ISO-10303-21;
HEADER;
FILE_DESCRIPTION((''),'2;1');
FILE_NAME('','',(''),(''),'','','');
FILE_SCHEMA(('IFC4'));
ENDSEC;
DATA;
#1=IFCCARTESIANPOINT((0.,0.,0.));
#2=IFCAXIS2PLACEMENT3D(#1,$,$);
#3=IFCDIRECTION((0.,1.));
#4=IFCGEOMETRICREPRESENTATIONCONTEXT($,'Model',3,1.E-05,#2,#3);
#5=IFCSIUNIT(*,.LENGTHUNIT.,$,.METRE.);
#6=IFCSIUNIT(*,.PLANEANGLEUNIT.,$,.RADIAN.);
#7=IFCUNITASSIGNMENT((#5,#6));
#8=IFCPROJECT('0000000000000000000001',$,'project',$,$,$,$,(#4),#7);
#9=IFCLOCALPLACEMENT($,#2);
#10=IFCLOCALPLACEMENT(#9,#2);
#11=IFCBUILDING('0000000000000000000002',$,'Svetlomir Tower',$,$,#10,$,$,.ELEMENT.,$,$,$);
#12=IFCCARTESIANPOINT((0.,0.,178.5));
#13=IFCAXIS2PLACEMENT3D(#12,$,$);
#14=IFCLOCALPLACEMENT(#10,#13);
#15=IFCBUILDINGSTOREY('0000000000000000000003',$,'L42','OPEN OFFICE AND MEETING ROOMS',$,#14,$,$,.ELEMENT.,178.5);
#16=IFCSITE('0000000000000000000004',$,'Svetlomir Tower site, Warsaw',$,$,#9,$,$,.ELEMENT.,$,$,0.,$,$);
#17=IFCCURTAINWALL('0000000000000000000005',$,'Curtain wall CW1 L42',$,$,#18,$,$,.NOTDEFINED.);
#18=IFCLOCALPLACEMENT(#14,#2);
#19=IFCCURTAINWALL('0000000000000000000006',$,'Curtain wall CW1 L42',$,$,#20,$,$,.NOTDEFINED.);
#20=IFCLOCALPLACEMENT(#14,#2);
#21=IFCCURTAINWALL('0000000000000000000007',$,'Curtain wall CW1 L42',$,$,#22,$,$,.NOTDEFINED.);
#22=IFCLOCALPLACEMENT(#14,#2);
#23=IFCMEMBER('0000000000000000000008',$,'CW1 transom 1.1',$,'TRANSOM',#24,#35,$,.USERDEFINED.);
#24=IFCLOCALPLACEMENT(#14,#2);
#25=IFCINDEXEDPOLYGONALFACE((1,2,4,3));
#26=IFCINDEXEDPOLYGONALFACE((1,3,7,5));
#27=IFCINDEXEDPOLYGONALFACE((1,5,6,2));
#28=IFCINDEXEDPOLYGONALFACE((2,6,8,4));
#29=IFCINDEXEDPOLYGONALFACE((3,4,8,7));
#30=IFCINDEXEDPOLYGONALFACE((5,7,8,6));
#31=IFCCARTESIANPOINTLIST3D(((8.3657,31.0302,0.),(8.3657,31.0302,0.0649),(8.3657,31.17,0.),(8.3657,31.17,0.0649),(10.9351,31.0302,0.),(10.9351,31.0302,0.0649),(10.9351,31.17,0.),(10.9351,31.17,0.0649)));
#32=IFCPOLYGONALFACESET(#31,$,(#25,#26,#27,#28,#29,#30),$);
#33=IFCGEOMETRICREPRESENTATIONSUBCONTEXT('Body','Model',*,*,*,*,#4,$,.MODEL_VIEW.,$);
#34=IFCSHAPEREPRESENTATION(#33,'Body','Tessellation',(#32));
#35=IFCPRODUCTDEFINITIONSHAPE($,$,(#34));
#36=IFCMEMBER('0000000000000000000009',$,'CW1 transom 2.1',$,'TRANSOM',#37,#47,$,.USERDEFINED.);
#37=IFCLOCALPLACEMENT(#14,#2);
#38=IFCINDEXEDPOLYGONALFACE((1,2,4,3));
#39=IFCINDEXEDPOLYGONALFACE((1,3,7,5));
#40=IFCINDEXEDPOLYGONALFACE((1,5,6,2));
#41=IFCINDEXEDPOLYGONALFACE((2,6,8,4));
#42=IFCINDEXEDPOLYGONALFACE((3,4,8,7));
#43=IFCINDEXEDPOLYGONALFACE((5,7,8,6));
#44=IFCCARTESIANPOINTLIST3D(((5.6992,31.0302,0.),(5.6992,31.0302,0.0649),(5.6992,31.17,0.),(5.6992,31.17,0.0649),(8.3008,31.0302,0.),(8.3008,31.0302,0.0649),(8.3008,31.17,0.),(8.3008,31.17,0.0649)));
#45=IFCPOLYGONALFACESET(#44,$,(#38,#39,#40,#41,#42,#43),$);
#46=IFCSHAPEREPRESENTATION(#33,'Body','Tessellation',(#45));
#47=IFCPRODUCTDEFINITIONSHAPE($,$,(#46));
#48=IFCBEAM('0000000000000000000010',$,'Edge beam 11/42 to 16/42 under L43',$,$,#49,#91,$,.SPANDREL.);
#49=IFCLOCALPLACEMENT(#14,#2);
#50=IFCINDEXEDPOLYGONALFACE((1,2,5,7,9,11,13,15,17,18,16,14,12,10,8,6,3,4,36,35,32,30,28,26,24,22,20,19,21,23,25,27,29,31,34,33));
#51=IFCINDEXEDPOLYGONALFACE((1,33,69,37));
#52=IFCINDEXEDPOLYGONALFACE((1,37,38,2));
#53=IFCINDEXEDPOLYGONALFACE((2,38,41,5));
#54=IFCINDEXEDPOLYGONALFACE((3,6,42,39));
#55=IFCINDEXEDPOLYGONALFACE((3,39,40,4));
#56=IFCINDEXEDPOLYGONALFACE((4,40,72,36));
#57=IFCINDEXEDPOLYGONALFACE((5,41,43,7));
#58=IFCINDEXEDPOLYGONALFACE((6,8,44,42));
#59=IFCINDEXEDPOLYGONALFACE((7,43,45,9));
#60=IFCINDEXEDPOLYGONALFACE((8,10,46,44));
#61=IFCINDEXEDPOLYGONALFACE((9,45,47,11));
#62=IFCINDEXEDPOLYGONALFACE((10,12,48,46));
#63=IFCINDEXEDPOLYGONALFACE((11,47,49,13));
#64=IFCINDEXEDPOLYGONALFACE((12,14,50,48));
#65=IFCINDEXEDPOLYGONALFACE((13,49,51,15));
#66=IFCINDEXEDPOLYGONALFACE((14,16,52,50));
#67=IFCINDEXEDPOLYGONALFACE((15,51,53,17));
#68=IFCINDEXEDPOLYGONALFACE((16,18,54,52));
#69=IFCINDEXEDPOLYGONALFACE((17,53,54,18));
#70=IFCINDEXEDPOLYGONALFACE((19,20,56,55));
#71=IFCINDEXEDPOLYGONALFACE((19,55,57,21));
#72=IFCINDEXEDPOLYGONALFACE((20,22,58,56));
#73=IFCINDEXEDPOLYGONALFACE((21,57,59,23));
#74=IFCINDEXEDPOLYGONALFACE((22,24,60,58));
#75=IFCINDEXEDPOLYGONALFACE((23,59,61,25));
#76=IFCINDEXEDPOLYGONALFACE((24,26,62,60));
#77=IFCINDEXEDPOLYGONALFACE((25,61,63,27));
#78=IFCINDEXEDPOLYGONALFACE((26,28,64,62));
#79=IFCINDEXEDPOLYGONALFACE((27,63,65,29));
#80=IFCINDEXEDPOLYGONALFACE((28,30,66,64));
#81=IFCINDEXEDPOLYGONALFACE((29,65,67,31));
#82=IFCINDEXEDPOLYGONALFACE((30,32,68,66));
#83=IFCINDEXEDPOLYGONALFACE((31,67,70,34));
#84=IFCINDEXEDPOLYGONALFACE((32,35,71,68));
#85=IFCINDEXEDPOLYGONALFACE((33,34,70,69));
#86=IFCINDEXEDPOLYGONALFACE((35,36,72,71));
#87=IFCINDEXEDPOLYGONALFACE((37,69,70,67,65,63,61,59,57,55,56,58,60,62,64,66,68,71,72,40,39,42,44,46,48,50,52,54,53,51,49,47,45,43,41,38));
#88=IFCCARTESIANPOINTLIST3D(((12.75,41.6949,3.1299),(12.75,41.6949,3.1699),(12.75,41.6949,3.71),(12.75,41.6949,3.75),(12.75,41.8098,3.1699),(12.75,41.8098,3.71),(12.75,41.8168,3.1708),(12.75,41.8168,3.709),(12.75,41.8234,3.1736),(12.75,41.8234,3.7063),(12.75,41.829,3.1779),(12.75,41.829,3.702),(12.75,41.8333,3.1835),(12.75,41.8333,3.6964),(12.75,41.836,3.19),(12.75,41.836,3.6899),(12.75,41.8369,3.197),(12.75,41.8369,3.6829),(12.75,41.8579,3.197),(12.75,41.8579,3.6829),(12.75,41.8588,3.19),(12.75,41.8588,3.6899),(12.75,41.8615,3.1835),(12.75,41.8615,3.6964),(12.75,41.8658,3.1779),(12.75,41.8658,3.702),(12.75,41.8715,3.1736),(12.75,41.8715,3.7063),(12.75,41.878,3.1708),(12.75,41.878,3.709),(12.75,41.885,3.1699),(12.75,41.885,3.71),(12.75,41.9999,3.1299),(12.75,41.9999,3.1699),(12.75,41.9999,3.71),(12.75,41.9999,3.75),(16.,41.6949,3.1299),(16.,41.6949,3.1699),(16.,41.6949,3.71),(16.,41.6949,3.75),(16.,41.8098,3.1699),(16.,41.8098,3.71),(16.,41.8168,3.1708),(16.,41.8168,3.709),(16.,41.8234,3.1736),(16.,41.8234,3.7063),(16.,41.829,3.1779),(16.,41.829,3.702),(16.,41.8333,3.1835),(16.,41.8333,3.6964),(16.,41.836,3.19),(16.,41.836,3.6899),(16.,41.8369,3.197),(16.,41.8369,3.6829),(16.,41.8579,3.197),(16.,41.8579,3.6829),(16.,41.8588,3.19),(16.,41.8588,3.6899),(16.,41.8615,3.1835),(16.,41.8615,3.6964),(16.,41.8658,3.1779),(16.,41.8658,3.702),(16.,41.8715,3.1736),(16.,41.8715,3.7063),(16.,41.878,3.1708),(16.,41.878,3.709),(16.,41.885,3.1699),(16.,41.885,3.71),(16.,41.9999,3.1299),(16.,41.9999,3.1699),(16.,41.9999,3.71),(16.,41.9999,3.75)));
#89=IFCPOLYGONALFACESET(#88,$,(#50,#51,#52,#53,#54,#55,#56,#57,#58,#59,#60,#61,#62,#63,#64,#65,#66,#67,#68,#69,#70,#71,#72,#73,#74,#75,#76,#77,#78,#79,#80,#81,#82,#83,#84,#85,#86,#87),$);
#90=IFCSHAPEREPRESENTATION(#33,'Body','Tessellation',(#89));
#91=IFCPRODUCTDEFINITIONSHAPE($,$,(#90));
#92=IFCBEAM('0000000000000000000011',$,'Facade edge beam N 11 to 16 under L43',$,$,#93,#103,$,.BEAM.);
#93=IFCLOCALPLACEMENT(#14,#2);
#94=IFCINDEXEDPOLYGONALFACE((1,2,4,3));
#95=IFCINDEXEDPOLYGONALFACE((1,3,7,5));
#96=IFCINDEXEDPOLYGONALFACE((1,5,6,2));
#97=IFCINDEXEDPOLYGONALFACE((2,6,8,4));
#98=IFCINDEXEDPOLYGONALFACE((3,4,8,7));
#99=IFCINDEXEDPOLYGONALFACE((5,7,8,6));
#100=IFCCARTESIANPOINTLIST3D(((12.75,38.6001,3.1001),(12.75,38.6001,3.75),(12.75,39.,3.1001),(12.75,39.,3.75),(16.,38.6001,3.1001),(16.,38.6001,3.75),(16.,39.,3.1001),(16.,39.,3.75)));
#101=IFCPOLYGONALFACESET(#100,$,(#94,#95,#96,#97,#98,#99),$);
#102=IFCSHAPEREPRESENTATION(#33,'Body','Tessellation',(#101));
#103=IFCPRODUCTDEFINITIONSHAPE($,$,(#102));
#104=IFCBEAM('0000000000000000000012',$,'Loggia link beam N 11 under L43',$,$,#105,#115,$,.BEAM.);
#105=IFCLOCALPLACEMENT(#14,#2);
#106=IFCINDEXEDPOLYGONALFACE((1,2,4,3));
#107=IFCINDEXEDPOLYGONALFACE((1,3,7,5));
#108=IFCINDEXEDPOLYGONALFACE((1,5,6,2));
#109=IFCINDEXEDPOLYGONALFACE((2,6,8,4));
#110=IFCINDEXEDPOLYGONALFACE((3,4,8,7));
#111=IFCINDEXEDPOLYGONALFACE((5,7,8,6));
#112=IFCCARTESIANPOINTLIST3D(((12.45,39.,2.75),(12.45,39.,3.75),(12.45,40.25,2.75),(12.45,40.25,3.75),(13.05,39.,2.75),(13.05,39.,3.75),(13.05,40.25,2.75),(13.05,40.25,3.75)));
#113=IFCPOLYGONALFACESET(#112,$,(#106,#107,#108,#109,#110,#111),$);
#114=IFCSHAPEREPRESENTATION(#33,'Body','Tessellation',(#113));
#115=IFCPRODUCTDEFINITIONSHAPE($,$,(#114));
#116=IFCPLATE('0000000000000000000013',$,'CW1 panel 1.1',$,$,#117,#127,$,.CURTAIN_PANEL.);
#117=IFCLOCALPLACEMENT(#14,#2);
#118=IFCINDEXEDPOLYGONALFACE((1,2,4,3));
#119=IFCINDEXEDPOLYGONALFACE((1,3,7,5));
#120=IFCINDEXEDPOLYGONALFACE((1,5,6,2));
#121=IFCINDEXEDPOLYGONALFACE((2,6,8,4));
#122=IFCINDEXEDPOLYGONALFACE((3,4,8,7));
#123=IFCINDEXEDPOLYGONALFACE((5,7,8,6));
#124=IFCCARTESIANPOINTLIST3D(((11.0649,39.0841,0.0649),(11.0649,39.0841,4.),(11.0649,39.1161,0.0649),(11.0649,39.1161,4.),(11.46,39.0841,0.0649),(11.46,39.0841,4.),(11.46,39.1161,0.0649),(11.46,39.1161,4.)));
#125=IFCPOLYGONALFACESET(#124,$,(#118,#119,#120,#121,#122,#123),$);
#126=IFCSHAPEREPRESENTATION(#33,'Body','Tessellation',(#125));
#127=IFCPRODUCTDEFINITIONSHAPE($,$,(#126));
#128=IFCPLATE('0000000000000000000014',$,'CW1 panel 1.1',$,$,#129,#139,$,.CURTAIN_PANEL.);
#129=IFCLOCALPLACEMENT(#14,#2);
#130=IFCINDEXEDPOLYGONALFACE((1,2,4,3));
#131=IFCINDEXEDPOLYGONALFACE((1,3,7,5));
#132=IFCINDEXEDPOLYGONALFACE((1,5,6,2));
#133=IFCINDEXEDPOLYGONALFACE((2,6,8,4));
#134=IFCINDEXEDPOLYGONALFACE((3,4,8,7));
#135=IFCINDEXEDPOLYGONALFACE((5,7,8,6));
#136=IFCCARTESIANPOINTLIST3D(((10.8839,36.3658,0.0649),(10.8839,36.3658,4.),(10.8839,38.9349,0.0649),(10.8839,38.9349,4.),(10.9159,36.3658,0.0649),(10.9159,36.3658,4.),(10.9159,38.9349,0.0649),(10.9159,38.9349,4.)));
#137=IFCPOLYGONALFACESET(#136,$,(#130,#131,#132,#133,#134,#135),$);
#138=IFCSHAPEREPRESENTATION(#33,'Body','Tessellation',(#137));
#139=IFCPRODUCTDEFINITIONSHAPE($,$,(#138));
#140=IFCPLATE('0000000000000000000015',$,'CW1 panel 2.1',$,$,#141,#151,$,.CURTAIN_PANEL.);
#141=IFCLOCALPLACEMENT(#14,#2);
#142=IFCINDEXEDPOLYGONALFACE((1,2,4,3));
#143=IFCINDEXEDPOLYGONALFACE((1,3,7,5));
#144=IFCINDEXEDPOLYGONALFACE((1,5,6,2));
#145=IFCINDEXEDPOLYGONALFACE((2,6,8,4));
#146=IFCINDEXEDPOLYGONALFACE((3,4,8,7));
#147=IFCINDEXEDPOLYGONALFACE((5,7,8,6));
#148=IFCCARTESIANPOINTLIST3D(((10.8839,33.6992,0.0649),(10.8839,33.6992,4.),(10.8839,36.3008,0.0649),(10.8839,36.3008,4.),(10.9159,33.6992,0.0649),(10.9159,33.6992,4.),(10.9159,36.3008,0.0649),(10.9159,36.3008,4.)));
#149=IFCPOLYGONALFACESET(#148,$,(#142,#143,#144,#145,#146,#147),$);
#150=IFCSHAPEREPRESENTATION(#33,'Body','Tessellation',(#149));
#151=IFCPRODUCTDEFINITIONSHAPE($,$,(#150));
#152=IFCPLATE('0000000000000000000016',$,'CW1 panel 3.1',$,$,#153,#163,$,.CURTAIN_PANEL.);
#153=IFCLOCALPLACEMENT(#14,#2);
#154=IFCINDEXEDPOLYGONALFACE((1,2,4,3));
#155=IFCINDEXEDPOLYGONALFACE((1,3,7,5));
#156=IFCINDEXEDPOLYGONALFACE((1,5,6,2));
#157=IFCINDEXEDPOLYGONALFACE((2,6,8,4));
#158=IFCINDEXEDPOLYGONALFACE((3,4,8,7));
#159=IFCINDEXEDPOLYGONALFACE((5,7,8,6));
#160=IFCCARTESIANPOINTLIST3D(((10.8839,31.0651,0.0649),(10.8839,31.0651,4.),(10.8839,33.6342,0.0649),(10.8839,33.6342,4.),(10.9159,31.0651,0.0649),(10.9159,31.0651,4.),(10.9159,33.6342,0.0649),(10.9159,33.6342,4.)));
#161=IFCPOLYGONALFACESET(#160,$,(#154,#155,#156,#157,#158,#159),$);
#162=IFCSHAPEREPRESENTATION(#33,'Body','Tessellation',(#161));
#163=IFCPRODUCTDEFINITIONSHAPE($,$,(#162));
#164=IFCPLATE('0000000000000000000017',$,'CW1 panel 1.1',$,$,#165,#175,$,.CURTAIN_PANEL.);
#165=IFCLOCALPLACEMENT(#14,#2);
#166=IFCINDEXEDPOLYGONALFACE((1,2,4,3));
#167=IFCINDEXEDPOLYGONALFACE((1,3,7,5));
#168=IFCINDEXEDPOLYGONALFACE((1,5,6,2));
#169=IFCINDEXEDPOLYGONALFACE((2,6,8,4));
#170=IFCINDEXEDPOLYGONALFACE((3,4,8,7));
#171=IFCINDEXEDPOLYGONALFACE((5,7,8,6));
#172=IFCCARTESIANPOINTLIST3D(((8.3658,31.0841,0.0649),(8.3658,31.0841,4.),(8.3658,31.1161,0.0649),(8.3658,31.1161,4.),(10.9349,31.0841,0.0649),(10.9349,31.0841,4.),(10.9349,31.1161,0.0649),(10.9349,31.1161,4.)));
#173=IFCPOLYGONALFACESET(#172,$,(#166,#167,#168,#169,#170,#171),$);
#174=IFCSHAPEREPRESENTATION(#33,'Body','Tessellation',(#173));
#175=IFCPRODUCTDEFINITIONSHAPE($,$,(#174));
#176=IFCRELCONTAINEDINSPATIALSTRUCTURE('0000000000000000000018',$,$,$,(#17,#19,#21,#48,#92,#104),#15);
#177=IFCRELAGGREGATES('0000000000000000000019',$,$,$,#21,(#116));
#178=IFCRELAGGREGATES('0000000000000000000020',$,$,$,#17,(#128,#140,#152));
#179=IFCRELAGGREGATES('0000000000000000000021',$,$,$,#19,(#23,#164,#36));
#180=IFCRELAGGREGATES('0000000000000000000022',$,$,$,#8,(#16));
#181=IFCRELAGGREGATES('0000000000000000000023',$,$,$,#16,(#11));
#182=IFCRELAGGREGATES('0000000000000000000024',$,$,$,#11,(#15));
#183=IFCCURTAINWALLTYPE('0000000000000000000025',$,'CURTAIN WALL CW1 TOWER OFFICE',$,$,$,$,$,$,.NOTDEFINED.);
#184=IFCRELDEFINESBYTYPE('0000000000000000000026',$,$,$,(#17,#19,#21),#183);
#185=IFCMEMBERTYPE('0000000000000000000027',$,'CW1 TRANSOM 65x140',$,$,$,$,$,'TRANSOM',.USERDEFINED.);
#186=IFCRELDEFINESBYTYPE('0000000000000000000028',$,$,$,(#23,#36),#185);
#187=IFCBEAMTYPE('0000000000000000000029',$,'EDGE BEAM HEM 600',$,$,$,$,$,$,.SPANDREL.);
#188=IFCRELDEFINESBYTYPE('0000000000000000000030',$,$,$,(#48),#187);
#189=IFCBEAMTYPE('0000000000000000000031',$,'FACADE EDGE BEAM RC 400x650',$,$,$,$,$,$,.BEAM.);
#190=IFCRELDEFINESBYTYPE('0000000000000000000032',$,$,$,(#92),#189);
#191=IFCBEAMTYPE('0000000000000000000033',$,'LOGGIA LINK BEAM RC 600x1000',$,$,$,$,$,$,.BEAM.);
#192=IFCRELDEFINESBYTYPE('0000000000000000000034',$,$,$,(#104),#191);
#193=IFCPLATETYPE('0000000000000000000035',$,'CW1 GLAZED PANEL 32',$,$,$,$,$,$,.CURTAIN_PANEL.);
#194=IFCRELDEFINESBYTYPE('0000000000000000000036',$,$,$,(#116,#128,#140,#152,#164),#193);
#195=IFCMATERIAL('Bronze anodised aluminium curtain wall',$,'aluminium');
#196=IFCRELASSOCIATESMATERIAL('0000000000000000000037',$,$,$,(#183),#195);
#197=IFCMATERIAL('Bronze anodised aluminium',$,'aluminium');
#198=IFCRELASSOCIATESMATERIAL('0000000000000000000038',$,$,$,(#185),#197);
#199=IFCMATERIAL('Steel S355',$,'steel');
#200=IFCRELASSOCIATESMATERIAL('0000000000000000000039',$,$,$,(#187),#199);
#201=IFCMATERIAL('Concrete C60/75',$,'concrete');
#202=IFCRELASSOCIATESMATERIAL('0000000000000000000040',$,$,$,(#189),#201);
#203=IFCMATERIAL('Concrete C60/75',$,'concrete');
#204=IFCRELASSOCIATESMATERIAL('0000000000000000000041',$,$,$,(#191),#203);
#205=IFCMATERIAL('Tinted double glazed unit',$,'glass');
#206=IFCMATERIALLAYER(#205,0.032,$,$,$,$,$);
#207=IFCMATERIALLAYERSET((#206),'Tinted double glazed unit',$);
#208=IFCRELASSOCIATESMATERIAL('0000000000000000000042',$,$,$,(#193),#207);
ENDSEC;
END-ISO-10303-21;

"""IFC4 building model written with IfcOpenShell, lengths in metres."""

from ifc_helpers import new_model, si_unit, direction, frame, origin, origin_2d, place, context, subcontext, project, spatial, rectangle, i_section, extrude, material, layer, layer_set, material_profile, profile_set, type_object, element, aggregate, save


model = new_model("IFC4")

# Units and contexts
model_context = context("Model", 3, precision=1e-05, world=origin(), true_north=direction((0.0, 1.0)))
body_context = subcontext(model_context, "Body", "Model", "MODEL_VIEW")
ifc_project = project(units=[si_unit("LENGTHUNIT", "METRE"), si_unit("PLANEANGLEUNIT", "RADIAN")], contexts=[model_context])

# Site, building, storey
site_placement = place(None, origin())
site = spatial("IfcSite", under=ifc_project, at=site_placement, Name="Svetlomir Tower site, Warsaw", CompositionType="ELEMENT", RefElevation=0.0)
building_placement = place(site_placement, origin())
building = spatial("IfcBuilding", under=site, at=building_placement, Name="Svetlomir Tower", CompositionType="ELEMENT")
storey_placement = place(building_placement, frame((0.0, 0.0, 178.5)))
storey = spatial("IfcBuildingStorey", under=building, at=storey_placement, Name="L42", Description="OPEN OFFICE AND MEETING ROOMS", CompositionType="ELEMENT", Elevation=178.5)

# Curtain walls
ifc_material_1 = material(Name="Bronze anodised aluminium curtain wall", Category="aluminium")
curtain_wall_type = type_object("IfcCurtainWallType", Name="CURTAIN WALL CW1 TOWER OFFICE", PredefinedType="NOTDEFINED", material=ifc_material_1)
curtain_wall_1_placement = place(storey_placement, origin())
curtain_wall_1 = element("IfcCurtainWall", 1, at=curtain_wall_1_placement, inside=storey, type_object=curtain_wall_type, Name="Curtain wall CW1 L42", PredefinedType="NOTDEFINED")
curtain_wall_2_placement = place(storey_placement, origin())
curtain_wall_2 = element("IfcCurtainWall", 2, at=curtain_wall_2_placement, inside=storey, type_object=curtain_wall_type, Name="Curtain wall CW1 L42", PredefinedType="NOTDEFINED")

# Curtain wall
curtain_wall_3_placement = place(storey_placement, origin())
curtain_wall_3 = element("IfcCurtainWall", 3, at=curtain_wall_3_placement, inside=storey, type_object=curtain_wall_type, Name="Curtain wall CW1 L42", PredefinedType="NOTDEFINED")

# Members
ifc_material_2 = material(Name="Bronze anodised aluminium", Category="aluminium")
ifc_material_profile_1 = material_profile(ifc_material_2, rectangle(XDim=0.1399, YDim=0.0649, at=origin_2d()), Name="AL 140x65")
ifc_profile_set_1 = profile_set([ifc_material_profile_1], Name="Bronze anodised aluminium 6063-T6")
member_type_1 = type_object("IfcMemberType", Name="CW1 TRANSOM 65x140", ElementType="TRANSOM", PredefinedType="USERDEFINED", material=ifc_profile_set_1)
member_1_placement = place(storey_placement, frame((10.9351, 31.1001, 0.0325), z_axis=(-1.0, 0.0, 0.0), x_axis=(0.0, -1.0, 0.0)))
member_1 = element("IfcMember", 4, at=member_1_placement, type_object=member_type_1, Name="CW1 transom 1.1", ObjectType="TRANSOM", PredefinedType="USERDEFINED", context=body_context, shape_type="SweptSolid", body=[
    extrude(rectangle(XDim=0.1399, YDim=0.0649, at=origin_2d()), origin(), (0.0, 0.0, 1.0), 2.5693),
])
member_2_placement = place(storey_placement, frame((8.3008, 31.1001, 0.0325), z_axis=(-1.0, 0.0, 0.0), x_axis=(0.0, -1.0, 0.0)))
member_2 = element("IfcMember", 5, at=member_2_placement, type_object=member_type_1, Name="CW1 transom 2.1", ObjectType="TRANSOM", PredefinedType="USERDEFINED", context=body_context, shape_type="SweptSolid", body=[
    extrude(rectangle(XDim=0.1399, YDim=0.0649, at=origin_2d()), origin(), (0.0, 0.0, 1.0), 2.6016),
])

# Beams
ifc_material_3 = material(Name="Steel S355", Category="steel")
ifc_material_profile_2 = material_profile(ifc_material_3, i_section(OverallWidth=0.3049, OverallDepth=0.6201, WebThickness=0.021, FlangeThickness=0.04, FilletRadius=0.0271, at=origin_2d()), Name="HEM 600")
ifc_profile_set_2 = profile_set([ifc_material_profile_2], Name="Steel S355")
beam_type_1 = type_object("IfcBeamType", Name="EDGE BEAM HEM 600", PredefinedType="SPANDREL", material=ifc_profile_set_2)
beam_1_placement = place(storey_placement, frame((12.75, 41.8474, 3.4399), z_axis=(1.0, 0.0, 0.0), x_axis=(0.0, 1.0, 0.0)))
element("IfcBeam", 6, at=beam_1_placement, inside=storey, type_object=beam_type_1, Name="Edge beam 11/42 to 16/42 under L43", PredefinedType="SPANDREL", context=body_context, shape_type="SweptSolid", body=[
    extrude(i_section(OverallWidth=0.3049, OverallDepth=0.6201, WebThickness=0.021, FlangeThickness=0.04, FilletRadius=0.0271, at=origin_2d()), origin(), (0.0, 0.0, 1.0), 3.25),
])
ifc_material_4 = material(Name="Concrete C60/75", Category="concrete")
ifc_material_profile_3 = material_profile(ifc_material_4, rectangle(XDim=0.3999, YDim=0.6499, at=origin_2d()), Name="RC 400x650")
ifc_profile_set_3 = profile_set([ifc_material_profile_3], Name="Concrete C60/75")
beam_type_2 = type_object("IfcBeamType", Name="FACADE EDGE BEAM RC 400x650", PredefinedType="BEAM", material=ifc_profile_set_3)
beam_2_placement = place(storey_placement, frame((12.75, 38.8, 3.425), z_axis=(1.0, 0.0, 0.0), x_axis=(0.0, 1.0, 0.0)))
element("IfcBeam", 7, at=beam_2_placement, inside=storey, type_object=beam_type_2, Name="Facade edge beam N 11 to 16 under L43", PredefinedType="BEAM", context=body_context, shape_type="SweptSolid", body=[
    extrude(rectangle(XDim=0.3999, YDim=0.6499, at=origin_2d()), origin(), (0.0, 0.0, 1.0), 3.25),
])
ifc_material_5 = material(Name="Concrete C60/75", Category="concrete")
ifc_material_profile_4 = material_profile(ifc_material_5, rectangle(XDim=0.6001, YDim=1.0, at=origin_2d()), Name="RC 600x1000")
ifc_profile_set_4 = profile_set([ifc_material_profile_4], Name="Concrete C60/75")
beam_type_3 = type_object("IfcBeamType", Name="LOGGIA LINK BEAM RC 600x1000", PredefinedType="BEAM", material=ifc_profile_set_4)
beam_3_placement = place(storey_placement, frame((12.75, 40.25, 3.25), z_axis=(0.0, -1.0, 0.0), x_axis=(1.0, 0.0, 0.0)))
element("IfcBeam", 8, at=beam_3_placement, inside=storey, type_object=beam_type_3, Name="Loggia link beam N 11 under L43", PredefinedType="BEAM", context=body_context, shape_type="SweptSolid", body=[
    extrude(rectangle(XDim=0.6001, YDim=1.0, at=origin_2d()), origin(), (0.0, 0.0, 1.0), 1.25),
])

# Plates
ifc_material_6 = material(Name="Tinted double glazed unit", Category="glass")
ifc_layer_1 = layer(ifc_material_6, 0.032)
ifc_layer_set_1 = layer_set([ifc_layer_1], Name="Tinted double glazed unit")
plate_type = type_object("IfcPlateType", Name="CW1 GLAZED PANEL 32", PredefinedType="CURTAIN_PANEL", material=ifc_layer_set_1)
plate_1_placement = place(storey_placement, frame((11.2625, 39.1001, 0.0649), z_axis=(0.0, 0.0, 1.0), x_axis=(-1.0, 0.0, 0.0)))
plate_1 = element("IfcPlate", 9, at=plate_1_placement, type_object=plate_type, Name="CW1 panel 1.1", PredefinedType="CURTAIN_PANEL", context=body_context, shape_type="SweptSolid", body=[
    extrude(rectangle(XDim=0.395, YDim=0.032, at=origin_2d()), origin(), (0.0, 0.0, 1.0), 3.9351),
])
aggregate(curtain_wall_3, [plate_1])
plate_2_placement = place(storey_placement, frame((10.8999, 37.6504, 0.0649), z_axis=(0.0, 0.0, 1.0), x_axis=(0.0, -1.0, 0.0)))
plate_2 = element("IfcPlate", 10, at=plate_2_placement, type_object=plate_type, Name="CW1 panel 1.1", PredefinedType="CURTAIN_PANEL", context=body_context, shape_type="SweptSolid", body=[
    extrude(rectangle(XDim=2.5691, YDim=0.032, at=origin_2d()), origin(), (0.0, 0.0, 1.0), 3.9351),
])
plate_3_placement = place(storey_placement, frame((10.8999, 35.0, 0.0649), z_axis=(0.0, 0.0, 1.0), x_axis=(0.0, -1.0, 0.0)))
plate_3 = element("IfcPlate", 11, at=plate_3_placement, type_object=plate_type, Name="CW1 panel 2.1", PredefinedType="CURTAIN_PANEL", context=body_context, shape_type="SweptSolid", body=[
    extrude(rectangle(XDim=2.6016, YDim=0.032, at=origin_2d()), origin(), (0.0, 0.0, 1.0), 3.9351),
])
plate_4_placement = place(storey_placement, frame((10.8999, 32.3496, 0.0649), z_axis=(0.0, 0.0, 1.0), x_axis=(0.0, -1.0, 0.0)))
plate_4 = element("IfcPlate", 12, at=plate_4_placement, type_object=plate_type, Name="CW1 panel 3.1", PredefinedType="CURTAIN_PANEL", context=body_context, shape_type="SweptSolid", body=[
    extrude(rectangle(XDim=2.5691, YDim=0.032, at=origin_2d()), origin(), (0.0, 0.0, 1.0), 3.9351),
])
aggregate(curtain_wall_1, [plate_2, plate_3, plate_4])
plate_5_placement = place(storey_placement, frame((9.6504, 31.1001, 0.0649), z_axis=(0.0, 0.0, 1.0), x_axis=(-1.0, 0.0, 0.0)))
plate_5 = element("IfcPlate", 13, at=plate_5_placement, type_object=plate_type, Name="CW1 panel 1.1", PredefinedType="CURTAIN_PANEL", context=body_context, shape_type="SweptSolid", body=[
    extrude(rectangle(XDim=2.5691, YDim=0.032, at=origin_2d()), origin(), (0.0, 0.0, 1.0), 3.9351),
])
aggregate(curtain_wall_2, [member_1, plate_5, member_2])

save(model, "model.ifc")
